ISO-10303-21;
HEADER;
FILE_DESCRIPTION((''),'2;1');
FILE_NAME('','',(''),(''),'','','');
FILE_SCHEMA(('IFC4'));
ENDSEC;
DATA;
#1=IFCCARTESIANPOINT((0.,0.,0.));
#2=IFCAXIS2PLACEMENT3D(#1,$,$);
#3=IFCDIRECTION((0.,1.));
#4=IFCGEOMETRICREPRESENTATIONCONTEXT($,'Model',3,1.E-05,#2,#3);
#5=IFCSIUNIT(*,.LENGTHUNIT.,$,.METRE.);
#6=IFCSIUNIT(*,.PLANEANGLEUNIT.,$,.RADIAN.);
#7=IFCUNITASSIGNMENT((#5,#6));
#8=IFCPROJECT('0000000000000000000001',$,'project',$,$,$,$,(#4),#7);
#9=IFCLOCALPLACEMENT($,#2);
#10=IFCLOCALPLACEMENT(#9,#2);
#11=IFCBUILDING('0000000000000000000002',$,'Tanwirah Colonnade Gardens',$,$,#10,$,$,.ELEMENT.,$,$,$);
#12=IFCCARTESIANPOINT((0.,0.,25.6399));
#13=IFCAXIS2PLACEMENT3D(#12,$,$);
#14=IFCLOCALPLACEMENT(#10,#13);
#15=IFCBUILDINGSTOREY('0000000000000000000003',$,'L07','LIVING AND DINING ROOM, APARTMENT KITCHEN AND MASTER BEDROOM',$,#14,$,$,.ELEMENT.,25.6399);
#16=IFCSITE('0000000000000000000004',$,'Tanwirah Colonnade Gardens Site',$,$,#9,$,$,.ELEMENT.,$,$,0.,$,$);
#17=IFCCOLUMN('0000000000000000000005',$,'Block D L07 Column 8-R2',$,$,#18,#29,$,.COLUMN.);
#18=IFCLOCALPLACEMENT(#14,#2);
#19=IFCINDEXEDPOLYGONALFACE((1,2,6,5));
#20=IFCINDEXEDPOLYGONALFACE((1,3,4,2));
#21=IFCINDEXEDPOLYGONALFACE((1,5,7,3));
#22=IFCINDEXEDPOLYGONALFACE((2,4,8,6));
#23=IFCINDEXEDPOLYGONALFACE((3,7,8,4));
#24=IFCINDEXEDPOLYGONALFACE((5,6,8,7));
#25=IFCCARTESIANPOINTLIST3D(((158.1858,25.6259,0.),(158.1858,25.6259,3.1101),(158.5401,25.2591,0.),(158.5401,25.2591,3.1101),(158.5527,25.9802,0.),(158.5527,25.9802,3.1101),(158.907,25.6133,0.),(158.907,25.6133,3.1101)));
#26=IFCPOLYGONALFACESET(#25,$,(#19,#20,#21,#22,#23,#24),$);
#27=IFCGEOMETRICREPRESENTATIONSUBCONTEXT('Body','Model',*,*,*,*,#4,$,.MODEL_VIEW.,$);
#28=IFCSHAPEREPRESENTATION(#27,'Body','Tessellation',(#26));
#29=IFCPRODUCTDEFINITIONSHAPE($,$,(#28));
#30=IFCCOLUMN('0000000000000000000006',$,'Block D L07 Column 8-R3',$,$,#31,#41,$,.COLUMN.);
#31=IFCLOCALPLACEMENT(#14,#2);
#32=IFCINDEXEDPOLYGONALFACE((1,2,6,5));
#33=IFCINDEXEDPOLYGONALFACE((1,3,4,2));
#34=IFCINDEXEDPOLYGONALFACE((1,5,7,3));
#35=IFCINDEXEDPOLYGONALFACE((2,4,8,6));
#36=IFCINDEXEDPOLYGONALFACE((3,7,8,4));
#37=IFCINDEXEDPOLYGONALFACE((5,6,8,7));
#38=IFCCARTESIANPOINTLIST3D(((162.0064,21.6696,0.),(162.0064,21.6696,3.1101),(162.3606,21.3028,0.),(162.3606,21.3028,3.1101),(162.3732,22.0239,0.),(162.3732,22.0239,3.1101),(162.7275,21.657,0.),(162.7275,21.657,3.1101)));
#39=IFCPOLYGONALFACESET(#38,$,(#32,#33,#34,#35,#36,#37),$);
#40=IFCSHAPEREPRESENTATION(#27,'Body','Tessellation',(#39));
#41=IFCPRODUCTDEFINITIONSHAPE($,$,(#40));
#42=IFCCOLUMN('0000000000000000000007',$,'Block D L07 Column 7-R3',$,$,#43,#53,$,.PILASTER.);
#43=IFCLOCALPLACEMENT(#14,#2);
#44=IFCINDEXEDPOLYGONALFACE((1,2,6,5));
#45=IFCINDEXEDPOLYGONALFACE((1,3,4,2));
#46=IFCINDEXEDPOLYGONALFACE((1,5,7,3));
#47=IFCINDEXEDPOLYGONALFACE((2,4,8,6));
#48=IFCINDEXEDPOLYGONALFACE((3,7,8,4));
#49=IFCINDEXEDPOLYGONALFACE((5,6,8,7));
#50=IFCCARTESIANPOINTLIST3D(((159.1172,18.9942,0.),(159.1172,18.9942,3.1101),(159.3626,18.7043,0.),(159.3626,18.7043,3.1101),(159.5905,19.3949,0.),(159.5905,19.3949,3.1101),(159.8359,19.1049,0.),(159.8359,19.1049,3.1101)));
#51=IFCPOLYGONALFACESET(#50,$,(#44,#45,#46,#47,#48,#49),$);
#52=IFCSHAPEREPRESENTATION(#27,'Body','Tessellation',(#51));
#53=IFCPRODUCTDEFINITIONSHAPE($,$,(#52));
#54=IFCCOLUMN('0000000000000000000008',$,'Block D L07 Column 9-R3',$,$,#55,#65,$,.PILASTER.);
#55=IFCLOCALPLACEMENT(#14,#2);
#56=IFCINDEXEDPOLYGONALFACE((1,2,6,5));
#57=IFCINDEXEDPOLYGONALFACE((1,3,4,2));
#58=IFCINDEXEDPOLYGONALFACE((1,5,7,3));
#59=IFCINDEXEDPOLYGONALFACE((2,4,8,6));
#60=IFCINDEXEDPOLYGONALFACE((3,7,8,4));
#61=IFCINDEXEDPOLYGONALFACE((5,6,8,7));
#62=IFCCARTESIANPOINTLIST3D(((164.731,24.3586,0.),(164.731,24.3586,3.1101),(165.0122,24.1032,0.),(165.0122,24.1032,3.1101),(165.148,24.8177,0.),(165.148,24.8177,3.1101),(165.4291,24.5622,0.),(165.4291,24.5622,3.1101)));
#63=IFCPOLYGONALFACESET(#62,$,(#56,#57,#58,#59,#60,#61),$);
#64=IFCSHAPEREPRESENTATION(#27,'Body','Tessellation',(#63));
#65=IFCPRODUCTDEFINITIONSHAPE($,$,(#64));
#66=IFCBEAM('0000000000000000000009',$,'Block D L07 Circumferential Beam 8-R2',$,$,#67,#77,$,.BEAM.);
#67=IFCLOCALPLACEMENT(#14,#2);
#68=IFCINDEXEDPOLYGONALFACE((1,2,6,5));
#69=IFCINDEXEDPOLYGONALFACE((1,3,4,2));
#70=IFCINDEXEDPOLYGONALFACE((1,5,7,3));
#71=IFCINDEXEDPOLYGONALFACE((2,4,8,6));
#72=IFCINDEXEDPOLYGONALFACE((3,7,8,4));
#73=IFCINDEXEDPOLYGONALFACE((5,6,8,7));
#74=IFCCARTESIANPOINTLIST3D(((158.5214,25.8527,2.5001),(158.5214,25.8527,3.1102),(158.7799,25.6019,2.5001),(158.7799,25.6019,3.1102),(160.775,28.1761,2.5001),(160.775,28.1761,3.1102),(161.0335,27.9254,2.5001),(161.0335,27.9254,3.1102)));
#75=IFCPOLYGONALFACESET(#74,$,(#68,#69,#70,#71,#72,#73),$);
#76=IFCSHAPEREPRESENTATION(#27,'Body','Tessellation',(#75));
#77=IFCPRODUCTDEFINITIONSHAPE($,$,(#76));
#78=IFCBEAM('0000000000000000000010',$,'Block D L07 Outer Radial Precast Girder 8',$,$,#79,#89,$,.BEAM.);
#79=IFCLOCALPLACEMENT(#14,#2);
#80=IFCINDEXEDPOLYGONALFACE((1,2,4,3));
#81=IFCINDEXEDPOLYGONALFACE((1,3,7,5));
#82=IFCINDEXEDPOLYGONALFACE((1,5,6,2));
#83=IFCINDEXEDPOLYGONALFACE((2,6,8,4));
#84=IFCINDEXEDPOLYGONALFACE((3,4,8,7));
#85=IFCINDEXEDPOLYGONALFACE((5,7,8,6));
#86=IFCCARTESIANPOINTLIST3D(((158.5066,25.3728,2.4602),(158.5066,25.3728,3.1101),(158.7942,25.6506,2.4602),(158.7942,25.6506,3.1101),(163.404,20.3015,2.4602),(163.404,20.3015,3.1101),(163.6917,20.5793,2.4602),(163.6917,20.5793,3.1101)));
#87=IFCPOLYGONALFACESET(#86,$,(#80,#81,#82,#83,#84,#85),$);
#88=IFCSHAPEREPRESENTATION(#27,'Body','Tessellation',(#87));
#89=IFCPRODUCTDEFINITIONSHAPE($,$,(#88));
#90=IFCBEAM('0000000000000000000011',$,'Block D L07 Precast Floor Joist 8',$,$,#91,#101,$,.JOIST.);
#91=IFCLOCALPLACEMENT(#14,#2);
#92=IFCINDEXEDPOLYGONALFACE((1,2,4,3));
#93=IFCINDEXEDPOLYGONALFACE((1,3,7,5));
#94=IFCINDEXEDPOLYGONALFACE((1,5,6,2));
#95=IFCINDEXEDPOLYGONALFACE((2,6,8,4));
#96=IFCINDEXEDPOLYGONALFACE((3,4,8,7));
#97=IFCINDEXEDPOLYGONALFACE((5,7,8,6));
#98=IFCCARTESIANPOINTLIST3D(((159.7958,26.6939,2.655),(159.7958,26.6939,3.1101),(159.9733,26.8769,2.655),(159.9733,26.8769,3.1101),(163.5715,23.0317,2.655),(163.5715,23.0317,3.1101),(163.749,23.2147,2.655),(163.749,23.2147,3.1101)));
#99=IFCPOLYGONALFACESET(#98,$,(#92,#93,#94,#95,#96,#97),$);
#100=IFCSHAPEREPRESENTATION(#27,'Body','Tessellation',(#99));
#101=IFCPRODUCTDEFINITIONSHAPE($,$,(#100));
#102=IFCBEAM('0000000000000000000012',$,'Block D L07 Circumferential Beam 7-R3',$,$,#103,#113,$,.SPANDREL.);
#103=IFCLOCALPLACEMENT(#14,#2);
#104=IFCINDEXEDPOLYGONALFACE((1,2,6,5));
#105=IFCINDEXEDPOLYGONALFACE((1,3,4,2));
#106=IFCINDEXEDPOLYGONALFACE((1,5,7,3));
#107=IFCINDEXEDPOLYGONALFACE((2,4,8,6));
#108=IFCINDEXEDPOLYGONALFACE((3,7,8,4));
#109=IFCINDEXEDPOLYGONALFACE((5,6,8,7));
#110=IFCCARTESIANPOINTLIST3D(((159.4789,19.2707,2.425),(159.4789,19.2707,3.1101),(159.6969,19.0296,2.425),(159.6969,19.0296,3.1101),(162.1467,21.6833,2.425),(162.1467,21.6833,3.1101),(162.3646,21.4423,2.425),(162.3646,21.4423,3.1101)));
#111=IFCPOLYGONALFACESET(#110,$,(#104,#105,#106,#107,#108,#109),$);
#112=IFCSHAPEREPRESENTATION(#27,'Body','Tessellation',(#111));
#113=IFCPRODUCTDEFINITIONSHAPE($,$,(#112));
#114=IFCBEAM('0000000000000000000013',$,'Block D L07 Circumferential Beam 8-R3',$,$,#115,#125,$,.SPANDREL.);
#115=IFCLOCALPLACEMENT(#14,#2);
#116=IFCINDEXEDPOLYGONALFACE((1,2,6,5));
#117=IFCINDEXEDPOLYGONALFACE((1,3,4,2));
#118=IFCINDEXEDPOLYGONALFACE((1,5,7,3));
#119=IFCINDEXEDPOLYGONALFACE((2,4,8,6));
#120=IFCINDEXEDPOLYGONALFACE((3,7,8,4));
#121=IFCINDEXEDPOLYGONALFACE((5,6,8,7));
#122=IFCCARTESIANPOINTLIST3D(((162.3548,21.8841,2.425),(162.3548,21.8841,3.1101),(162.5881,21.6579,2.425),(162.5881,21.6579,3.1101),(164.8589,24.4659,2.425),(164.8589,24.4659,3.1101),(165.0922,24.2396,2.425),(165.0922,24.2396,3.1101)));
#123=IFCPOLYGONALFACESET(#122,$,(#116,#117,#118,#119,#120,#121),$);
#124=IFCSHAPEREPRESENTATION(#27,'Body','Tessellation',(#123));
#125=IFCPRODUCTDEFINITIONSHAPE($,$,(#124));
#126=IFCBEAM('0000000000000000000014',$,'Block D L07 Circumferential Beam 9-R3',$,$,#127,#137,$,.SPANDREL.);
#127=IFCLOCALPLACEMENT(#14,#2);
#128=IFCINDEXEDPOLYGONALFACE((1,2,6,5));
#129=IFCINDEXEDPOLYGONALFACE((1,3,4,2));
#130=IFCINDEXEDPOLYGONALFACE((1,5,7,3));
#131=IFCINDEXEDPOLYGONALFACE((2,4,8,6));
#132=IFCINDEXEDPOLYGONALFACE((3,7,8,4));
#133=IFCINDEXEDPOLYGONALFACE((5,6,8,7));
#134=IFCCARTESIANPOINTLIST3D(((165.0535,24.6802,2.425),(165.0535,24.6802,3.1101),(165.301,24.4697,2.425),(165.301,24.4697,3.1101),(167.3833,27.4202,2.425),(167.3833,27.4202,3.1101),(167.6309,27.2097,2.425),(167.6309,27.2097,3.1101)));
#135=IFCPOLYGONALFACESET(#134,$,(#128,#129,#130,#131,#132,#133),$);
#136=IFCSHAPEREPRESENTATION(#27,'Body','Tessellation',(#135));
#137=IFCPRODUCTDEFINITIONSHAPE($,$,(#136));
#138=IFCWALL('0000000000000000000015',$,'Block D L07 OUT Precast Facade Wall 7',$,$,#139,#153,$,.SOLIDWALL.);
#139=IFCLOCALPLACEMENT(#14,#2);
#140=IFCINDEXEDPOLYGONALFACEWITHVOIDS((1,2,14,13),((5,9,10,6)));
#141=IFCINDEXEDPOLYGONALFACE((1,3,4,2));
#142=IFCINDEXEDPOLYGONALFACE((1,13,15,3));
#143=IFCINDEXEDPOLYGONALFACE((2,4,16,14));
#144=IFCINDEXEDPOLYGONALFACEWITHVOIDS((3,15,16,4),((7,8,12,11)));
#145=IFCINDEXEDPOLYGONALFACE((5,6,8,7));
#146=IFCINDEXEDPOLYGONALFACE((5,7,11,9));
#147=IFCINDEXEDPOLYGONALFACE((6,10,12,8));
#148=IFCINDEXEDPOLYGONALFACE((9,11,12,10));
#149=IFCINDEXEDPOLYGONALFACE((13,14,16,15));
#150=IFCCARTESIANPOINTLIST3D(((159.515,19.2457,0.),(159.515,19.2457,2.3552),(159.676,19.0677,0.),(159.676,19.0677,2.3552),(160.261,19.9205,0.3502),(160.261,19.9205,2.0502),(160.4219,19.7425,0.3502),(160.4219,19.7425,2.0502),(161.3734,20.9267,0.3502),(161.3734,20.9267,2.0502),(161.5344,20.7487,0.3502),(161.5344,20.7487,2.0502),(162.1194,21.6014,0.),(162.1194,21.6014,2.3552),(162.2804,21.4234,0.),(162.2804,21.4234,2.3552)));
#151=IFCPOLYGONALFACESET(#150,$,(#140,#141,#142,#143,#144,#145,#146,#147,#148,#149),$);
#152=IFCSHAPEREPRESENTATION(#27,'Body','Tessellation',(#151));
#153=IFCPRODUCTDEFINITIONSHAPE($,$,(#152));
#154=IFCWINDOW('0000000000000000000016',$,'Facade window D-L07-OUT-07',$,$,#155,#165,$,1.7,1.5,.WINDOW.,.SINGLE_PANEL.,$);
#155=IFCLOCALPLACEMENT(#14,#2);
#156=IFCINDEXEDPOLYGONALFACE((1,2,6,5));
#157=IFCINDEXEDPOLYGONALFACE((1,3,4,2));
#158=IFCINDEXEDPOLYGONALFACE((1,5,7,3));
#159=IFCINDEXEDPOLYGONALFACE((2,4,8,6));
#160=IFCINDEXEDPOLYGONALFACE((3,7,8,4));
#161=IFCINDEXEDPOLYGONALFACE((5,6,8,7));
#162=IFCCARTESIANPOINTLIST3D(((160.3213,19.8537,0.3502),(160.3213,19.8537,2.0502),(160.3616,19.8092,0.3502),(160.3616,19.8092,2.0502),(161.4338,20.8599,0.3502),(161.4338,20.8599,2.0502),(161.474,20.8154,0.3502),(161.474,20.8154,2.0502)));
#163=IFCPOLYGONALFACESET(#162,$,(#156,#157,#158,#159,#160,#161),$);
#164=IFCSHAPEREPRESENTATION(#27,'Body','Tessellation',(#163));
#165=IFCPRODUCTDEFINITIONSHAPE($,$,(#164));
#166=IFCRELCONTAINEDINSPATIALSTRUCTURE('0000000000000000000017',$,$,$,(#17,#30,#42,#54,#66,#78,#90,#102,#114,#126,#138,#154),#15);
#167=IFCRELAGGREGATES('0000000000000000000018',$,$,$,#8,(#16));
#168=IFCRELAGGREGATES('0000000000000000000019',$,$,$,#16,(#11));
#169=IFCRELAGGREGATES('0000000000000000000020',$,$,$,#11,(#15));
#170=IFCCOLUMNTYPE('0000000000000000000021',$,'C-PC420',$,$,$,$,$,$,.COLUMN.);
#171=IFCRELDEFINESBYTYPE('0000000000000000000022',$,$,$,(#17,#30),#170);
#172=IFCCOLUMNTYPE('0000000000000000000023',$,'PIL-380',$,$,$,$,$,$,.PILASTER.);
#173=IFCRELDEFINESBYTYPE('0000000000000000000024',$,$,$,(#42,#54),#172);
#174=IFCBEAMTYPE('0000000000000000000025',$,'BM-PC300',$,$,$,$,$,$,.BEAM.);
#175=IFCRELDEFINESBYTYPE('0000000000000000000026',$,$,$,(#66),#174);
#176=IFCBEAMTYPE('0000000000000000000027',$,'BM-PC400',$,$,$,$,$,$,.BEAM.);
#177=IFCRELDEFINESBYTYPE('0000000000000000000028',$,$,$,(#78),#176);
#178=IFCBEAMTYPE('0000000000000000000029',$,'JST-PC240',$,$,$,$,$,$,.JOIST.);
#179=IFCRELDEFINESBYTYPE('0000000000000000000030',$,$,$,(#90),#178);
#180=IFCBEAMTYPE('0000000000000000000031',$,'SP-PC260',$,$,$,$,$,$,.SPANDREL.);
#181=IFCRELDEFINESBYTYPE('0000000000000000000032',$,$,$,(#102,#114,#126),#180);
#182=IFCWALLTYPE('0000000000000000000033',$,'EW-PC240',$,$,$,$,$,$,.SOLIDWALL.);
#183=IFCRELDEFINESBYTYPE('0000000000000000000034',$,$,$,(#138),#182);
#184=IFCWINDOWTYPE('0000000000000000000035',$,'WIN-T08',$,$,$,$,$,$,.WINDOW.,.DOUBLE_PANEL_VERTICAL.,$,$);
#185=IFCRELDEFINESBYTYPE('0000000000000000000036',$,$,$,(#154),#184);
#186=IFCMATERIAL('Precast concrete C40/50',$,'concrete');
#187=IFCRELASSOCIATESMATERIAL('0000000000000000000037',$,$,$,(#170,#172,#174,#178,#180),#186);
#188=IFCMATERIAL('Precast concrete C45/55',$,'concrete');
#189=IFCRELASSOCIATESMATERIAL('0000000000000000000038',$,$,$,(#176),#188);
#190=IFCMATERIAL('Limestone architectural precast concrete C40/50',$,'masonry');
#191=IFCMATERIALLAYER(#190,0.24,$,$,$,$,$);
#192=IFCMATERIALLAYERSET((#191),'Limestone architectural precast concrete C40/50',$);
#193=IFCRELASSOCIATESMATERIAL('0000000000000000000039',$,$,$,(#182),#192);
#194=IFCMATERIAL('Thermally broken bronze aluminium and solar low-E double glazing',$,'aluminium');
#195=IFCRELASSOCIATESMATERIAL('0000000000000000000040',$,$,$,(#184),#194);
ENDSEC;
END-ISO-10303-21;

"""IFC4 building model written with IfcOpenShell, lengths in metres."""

from ifc_helpers import new_model, si_unit, direction, frame, frame_2d, origin, origin_2d, place, context, subcontext, project, spatial, rectangle, extrude, material, layer, layer_set, material_profile, profile_set, type_object, element, fill, save


model = new_model("IFC4")

# Units and contexts
model_context = context("Model", 3, precision=1e-05, world=origin(), true_north=direction((0.0, 1.0)))
body_context = subcontext(model_context, "Body", "Model", "MODEL_VIEW")
ifc_project = project(units=[si_unit("LENGTHUNIT", "METRE"), si_unit("PLANEANGLEUNIT", "RADIAN")], contexts=[model_context])

# Site, building, storey
site_placement = place(None, origin())
site = spatial("IfcSite", under=ifc_project, at=site_placement, Name="Tanwirah Colonnade Gardens Site", CompositionType="ELEMENT", RefElevation=0.0)
building_placement = place(site_placement, origin())
building = spatial("IfcBuilding", under=site, at=building_placement, Name="Tanwirah Colonnade Gardens", CompositionType="ELEMENT")
storey_placement = place(building_placement, frame((0.0, 0.0, 25.6399)))
storey = spatial("IfcBuildingStorey", under=building, at=storey_placement, Name="L07", Description="LIVING AND DINING ROOM, APARTMENT KITCHEN AND MASTER BEDROOM", CompositionType="ELEMENT", Elevation=25.6399)

# Columns
ifc_material_1 = material(Name="Precast concrete C40/50", Category="concrete")
ifc_material_profile_1 = material_profile(ifc_material_1, rectangle(XDim=0.51, YDim=0.51, at=origin_2d()), Name="PC-COL 510x510")
ifc_profile_set_1 = profile_set([ifc_material_profile_1], Name="Precast concrete C40/50")
column_type_1 = type_object("IfcColumnType", Name="C-PC420", PredefinedType="COLUMN", material=ifc_profile_set_1)
for number, where, z_axis, x_axis, name in (
    (1, (158.5464, 25.6196, 0.0), (0.0, 0.0, 1.0), (0.694658, -0.71934, 0.0), "Block D L07 Column 8-R2"),
    (2, (162.3669, 21.6633, 0.0), (0.0, 0.0, 1.0), (0.694658, -0.71934, 0.0), "Block D L07 Column 8-R3"),
):
    element("IfcColumn", number, at=place(storey_placement, frame(where, z_axis=z_axis, x_axis=x_axis)), inside=storey, type_object=column_type_1, Name=name, PredefinedType="COLUMN", context=body_context, shape_type="SweptSolid", body=[
        extrude(rectangle(XDim=0.51, YDim=0.51, at=origin_2d()), origin(), (0.0, 0.0, 1.0), 3.1101),
    ])
ifc_material_profile_2 = material_profile(ifc_material_1, rectangle(XDim=0.3799, YDim=0.6201, at=origin_2d()), Name="PC-PIL 380x620")
ifc_profile_set_2 = profile_set([ifc_material_profile_2], Name="Precast concrete C40/50")
column_type_2 = type_object("IfcColumnType", Name="PIL-380", PredefinedType="PILASTER", material=ifc_profile_set_2)
for number, where, z_axis, x_axis, name in (
    (3, (159.4766, 19.0496, 0.0), (0.0, 0.0, 1.0), (0.646124, -0.763232, 0.0), "Block D L07 Column 7-R3"),
    (4, (165.0801, 24.4604, 0.0), (0.0, 0.0, 1.0), (0.740218, -0.672367, 0.0), "Block D L07 Column 9-R3"),
):
    element("IfcColumn", number, at=place(storey_placement, frame(where, z_axis=z_axis, x_axis=x_axis)), inside=storey, type_object=column_type_2, Name=name, PredefinedType="PILASTER", context=body_context, shape_type="SweptSolid", body=[
        extrude(rectangle(XDim=0.3799, YDim=0.6201, at=origin_2d()), origin(), (0.0, 0.0, 1.0), 3.1101),
    ])

# Beams
ifc_material_profile_3 = material_profile(ifc_material_1, rectangle(XDim=0.3601, YDim=0.6101, at=origin_2d()), Name="PC-BM 360x610")
ifc_profile_set_3 = profile_set([ifc_material_profile_3], Name="Precast concrete C40/50")
beam_type_1 = type_object("IfcBeamType", Name="BM-PC300", PredefinedType="BEAM", material=ifc_profile_set_3)
beam_1_placement = place(storey_placement, frame((158.6506, 25.7273, 2.8052), z_axis=(0.696239, 0.71781, 0.0), x_axis=(-0.71781, 0.696239, 0.0)))
element("IfcBeam", 5, at=beam_1_placement, inside=storey, type_object=beam_type_1, Name="Block D L07 Circumferential Beam 8-R2", PredefinedType="BEAM", context=body_context, shape_type="SweptSolid", body=[
    extrude(rectangle(XDim=0.3601, YDim=0.6101, at=origin_2d()), origin(), (0.0, 0.0, 1.0), 3.2368),
])
ifc_material_2 = material(Name="Precast concrete C45/55", Category="concrete")
ifc_material_profile_4 = material_profile(ifc_material_2, rectangle(XDim=0.3999, YDim=0.6499, at=origin_2d()), Name="PC-BM 400x650")
ifc_profile_set_4 = profile_set([ifc_material_profile_4], Name="Precast concrete C45/55")
beam_type_2 = type_object("IfcBeamType", Name="BM-PC400", PredefinedType="BEAM", material=ifc_profile_set_4)
beam_2_placement = place(storey_placement, frame((158.6504, 25.5117, 2.7852), z_axis=(0.694671, -0.719327, 0.0), x_axis=(0.719327, 0.694671, 0.0)))
element("IfcBeam", 6, at=beam_2_placement, inside=storey, type_object=beam_type_2, Name="Block D L07 Outer Radial Precast Girder 8", PredefinedType="BEAM", context=body_context, shape_type="SweptSolid", body=[
    extrude(rectangle(XDim=0.3999, YDim=0.6499, at=origin_2d()), origin(), (0.0, 0.0, 1.0), 7.05),
])
ifc_material_profile_5 = material_profile(ifc_material_1, rectangle(XDim=0.2549, YDim=0.4551, at=origin_2d()), Name="PC-JST 255x455")
ifc_profile_set_5 = profile_set([ifc_material_profile_5], Name="Precast concrete C40/50")
beam_type_3 = type_object("IfcBeamType", Name="JST-PC240", PredefinedType="JOIST", material=ifc_profile_set_5)
beam_3_placement = place(storey_placement, frame((159.8845, 26.7854, 2.8826), z_axis=(0.717816, -0.696233, 0.0), x_axis=(0.696233, 0.717816, 0.0)))
element("IfcBeam", 7, at=beam_3_placement, inside=storey, type_object=beam_type_3, Name="Block D L07 Precast Floor Joist 8", PredefinedType="JOIST", context=body_context, shape_type="SweptSolid", body=[
    extrude(rectangle(XDim=0.2549, YDim=0.4551, at=origin_2d()), origin(), (0.0, 0.0, 1.0), 5.26),
])
ifc_material_profile_6 = material_profile(ifc_material_1, rectangle(XDim=0.325, YDim=0.6851, at=origin_2d()), Name="PC-SP 325x685")
ifc_profile_set_6 = profile_set([ifc_material_profile_6], Name="Precast concrete C40/50")
beam_type_4 = type_object("IfcBeamType", Name="SP-PC260", PredefinedType="SPANDREL", material=ifc_profile_set_6)
beam_4_placement = place(storey_placement, frame((159.5879, 19.1501, 2.7676), z_axis=(0.741682, 0.670752, 0.0), x_axis=(-0.670752, 0.741682, 0.0)))
element("IfcBeam", 8, at=beam_4_placement, inside=storey, type_object=beam_type_4, Name="Block D L07 Circumferential Beam 7-R3", PredefinedType="SPANDREL", context=body_context, shape_type="SweptSolid", body=[
    extrude(rectangle(XDim=0.325, YDim=0.6851, at=origin_2d()), origin(), (0.0, 0.0, 1.0), 3.5969),
])
for number, where, z_axis, x_axis, name in (
    (9, (162.4714, 21.771, 2.7676), (0.696232, 0.717817, 0.0), (-0.717817, 0.696232, 0.0), "Block D L07 Circumferential Beam 8-R3"),
    (10, (165.1772, 24.575, 2.7676), (0.647784, 0.761824, 0.0), (-0.761824, 0.647784, 0.0), "Block D L07 Circumferential Beam 9-R3"),
):
    element("IfcBeam", number, at=place(storey_placement, frame(where, z_axis=z_axis, x_axis=x_axis)), inside=storey, type_object=beam_type_4, Name=name, PredefinedType="SPANDREL", context=body_context, shape_type="SweptSolid", body=[
        extrude(rectangle(XDim=0.325, YDim=0.6851, at=origin_2d()), origin(), (0.0, 0.0, 1.0), 3.5967),
    ])

# Wall, opening, window
ifc_material_3 = material(Name="Limestone architectural precast concrete C40/50", Category="masonry")
ifc_layer_1 = layer(ifc_material_3, 0.24)
ifc_layer_set_1 = layer_set([ifc_layer_1], Name="Limestone architectural precast concrete C40/50")
wall_type_1 = type_object("IfcWallType", Name="EW-PC240", PredefinedType="SOLIDWALL", material=ifc_layer_set_1)
wall_1_placement = place(storey_placement, frame((159.5955, 19.1567, 0.0), z_axis=(0.0, 0.0, 1.0), x_axis=(0.74164, 0.670799, 0.0)))
wall_1 = element("IfcWall", 11, at=wall_1_placement, inside=storey, type_object=wall_type_1, Name="Block D L07 OUT Precast Facade Wall 7", PredefinedType="SOLIDWALL", context=body_context, shape_type="SweptSolid", body=[
    extrude(rectangle(XDim=3.5117, YDim=0.24, at=frame_2d((1.7559, 0.0))), origin(), (0.0, 0.0, 1.0), 2.3552),
])
opening_1_placement = place(wall_1_placement, frame((1.0059, 0.0, 0.3501)))
opening_1 = element("IfcOpeningElement", 12, at=opening_1_placement, cuts=wall_1, PredefinedType="OPENING", context=body_context, shape_type="SweptSolid", body=[
    extrude(rectangle(XDim=1.5, YDim=1.7, at=frame_2d((0.75, 0.8501))), frame((0.0, 0.1299, 0.0), z_axis=(0.0, -1.0, 0.0), x_axis=(1.0, 0.0, 0.0)), (0.0, 0.0, 1.0), 0.26),
])
ifc_material_4 = material(Name="Thermally broken bronze aluminium and solar low-E double glazing", Category="aluminium")
window_type_1 = type_object("IfcWindowType", Name="WIN-T08", PartitioningType="DOUBLE_PANEL_VERTICAL", PredefinedType="WINDOW", material=ifc_material_4)
window_1_placement = place(opening_1_placement, origin())
window_1 = element("IfcWindow", 13, at=window_1_placement, inside=storey, type_object=window_type_1, Name="Facade window D-L07-OUT-07", OverallHeight=1.7, OverallWidth=1.5, PartitioningType="SINGLE_PANEL", PredefinedType="WINDOW", context=body_context, shape_type="SweptSolid", body=[
    extrude(rectangle(XDim=1.5, YDim=1.7, at=frame_2d((0.75, 0.8501))), frame((0.0, 0.03, 0.0), z_axis=(0.0, -1.0, 0.0), x_axis=(1.0, 0.0, 0.0)), (0.0, 0.0, 1.0), 0.0601),
])
fill(opening_1, window_1)

save(model, "model.ifc")
